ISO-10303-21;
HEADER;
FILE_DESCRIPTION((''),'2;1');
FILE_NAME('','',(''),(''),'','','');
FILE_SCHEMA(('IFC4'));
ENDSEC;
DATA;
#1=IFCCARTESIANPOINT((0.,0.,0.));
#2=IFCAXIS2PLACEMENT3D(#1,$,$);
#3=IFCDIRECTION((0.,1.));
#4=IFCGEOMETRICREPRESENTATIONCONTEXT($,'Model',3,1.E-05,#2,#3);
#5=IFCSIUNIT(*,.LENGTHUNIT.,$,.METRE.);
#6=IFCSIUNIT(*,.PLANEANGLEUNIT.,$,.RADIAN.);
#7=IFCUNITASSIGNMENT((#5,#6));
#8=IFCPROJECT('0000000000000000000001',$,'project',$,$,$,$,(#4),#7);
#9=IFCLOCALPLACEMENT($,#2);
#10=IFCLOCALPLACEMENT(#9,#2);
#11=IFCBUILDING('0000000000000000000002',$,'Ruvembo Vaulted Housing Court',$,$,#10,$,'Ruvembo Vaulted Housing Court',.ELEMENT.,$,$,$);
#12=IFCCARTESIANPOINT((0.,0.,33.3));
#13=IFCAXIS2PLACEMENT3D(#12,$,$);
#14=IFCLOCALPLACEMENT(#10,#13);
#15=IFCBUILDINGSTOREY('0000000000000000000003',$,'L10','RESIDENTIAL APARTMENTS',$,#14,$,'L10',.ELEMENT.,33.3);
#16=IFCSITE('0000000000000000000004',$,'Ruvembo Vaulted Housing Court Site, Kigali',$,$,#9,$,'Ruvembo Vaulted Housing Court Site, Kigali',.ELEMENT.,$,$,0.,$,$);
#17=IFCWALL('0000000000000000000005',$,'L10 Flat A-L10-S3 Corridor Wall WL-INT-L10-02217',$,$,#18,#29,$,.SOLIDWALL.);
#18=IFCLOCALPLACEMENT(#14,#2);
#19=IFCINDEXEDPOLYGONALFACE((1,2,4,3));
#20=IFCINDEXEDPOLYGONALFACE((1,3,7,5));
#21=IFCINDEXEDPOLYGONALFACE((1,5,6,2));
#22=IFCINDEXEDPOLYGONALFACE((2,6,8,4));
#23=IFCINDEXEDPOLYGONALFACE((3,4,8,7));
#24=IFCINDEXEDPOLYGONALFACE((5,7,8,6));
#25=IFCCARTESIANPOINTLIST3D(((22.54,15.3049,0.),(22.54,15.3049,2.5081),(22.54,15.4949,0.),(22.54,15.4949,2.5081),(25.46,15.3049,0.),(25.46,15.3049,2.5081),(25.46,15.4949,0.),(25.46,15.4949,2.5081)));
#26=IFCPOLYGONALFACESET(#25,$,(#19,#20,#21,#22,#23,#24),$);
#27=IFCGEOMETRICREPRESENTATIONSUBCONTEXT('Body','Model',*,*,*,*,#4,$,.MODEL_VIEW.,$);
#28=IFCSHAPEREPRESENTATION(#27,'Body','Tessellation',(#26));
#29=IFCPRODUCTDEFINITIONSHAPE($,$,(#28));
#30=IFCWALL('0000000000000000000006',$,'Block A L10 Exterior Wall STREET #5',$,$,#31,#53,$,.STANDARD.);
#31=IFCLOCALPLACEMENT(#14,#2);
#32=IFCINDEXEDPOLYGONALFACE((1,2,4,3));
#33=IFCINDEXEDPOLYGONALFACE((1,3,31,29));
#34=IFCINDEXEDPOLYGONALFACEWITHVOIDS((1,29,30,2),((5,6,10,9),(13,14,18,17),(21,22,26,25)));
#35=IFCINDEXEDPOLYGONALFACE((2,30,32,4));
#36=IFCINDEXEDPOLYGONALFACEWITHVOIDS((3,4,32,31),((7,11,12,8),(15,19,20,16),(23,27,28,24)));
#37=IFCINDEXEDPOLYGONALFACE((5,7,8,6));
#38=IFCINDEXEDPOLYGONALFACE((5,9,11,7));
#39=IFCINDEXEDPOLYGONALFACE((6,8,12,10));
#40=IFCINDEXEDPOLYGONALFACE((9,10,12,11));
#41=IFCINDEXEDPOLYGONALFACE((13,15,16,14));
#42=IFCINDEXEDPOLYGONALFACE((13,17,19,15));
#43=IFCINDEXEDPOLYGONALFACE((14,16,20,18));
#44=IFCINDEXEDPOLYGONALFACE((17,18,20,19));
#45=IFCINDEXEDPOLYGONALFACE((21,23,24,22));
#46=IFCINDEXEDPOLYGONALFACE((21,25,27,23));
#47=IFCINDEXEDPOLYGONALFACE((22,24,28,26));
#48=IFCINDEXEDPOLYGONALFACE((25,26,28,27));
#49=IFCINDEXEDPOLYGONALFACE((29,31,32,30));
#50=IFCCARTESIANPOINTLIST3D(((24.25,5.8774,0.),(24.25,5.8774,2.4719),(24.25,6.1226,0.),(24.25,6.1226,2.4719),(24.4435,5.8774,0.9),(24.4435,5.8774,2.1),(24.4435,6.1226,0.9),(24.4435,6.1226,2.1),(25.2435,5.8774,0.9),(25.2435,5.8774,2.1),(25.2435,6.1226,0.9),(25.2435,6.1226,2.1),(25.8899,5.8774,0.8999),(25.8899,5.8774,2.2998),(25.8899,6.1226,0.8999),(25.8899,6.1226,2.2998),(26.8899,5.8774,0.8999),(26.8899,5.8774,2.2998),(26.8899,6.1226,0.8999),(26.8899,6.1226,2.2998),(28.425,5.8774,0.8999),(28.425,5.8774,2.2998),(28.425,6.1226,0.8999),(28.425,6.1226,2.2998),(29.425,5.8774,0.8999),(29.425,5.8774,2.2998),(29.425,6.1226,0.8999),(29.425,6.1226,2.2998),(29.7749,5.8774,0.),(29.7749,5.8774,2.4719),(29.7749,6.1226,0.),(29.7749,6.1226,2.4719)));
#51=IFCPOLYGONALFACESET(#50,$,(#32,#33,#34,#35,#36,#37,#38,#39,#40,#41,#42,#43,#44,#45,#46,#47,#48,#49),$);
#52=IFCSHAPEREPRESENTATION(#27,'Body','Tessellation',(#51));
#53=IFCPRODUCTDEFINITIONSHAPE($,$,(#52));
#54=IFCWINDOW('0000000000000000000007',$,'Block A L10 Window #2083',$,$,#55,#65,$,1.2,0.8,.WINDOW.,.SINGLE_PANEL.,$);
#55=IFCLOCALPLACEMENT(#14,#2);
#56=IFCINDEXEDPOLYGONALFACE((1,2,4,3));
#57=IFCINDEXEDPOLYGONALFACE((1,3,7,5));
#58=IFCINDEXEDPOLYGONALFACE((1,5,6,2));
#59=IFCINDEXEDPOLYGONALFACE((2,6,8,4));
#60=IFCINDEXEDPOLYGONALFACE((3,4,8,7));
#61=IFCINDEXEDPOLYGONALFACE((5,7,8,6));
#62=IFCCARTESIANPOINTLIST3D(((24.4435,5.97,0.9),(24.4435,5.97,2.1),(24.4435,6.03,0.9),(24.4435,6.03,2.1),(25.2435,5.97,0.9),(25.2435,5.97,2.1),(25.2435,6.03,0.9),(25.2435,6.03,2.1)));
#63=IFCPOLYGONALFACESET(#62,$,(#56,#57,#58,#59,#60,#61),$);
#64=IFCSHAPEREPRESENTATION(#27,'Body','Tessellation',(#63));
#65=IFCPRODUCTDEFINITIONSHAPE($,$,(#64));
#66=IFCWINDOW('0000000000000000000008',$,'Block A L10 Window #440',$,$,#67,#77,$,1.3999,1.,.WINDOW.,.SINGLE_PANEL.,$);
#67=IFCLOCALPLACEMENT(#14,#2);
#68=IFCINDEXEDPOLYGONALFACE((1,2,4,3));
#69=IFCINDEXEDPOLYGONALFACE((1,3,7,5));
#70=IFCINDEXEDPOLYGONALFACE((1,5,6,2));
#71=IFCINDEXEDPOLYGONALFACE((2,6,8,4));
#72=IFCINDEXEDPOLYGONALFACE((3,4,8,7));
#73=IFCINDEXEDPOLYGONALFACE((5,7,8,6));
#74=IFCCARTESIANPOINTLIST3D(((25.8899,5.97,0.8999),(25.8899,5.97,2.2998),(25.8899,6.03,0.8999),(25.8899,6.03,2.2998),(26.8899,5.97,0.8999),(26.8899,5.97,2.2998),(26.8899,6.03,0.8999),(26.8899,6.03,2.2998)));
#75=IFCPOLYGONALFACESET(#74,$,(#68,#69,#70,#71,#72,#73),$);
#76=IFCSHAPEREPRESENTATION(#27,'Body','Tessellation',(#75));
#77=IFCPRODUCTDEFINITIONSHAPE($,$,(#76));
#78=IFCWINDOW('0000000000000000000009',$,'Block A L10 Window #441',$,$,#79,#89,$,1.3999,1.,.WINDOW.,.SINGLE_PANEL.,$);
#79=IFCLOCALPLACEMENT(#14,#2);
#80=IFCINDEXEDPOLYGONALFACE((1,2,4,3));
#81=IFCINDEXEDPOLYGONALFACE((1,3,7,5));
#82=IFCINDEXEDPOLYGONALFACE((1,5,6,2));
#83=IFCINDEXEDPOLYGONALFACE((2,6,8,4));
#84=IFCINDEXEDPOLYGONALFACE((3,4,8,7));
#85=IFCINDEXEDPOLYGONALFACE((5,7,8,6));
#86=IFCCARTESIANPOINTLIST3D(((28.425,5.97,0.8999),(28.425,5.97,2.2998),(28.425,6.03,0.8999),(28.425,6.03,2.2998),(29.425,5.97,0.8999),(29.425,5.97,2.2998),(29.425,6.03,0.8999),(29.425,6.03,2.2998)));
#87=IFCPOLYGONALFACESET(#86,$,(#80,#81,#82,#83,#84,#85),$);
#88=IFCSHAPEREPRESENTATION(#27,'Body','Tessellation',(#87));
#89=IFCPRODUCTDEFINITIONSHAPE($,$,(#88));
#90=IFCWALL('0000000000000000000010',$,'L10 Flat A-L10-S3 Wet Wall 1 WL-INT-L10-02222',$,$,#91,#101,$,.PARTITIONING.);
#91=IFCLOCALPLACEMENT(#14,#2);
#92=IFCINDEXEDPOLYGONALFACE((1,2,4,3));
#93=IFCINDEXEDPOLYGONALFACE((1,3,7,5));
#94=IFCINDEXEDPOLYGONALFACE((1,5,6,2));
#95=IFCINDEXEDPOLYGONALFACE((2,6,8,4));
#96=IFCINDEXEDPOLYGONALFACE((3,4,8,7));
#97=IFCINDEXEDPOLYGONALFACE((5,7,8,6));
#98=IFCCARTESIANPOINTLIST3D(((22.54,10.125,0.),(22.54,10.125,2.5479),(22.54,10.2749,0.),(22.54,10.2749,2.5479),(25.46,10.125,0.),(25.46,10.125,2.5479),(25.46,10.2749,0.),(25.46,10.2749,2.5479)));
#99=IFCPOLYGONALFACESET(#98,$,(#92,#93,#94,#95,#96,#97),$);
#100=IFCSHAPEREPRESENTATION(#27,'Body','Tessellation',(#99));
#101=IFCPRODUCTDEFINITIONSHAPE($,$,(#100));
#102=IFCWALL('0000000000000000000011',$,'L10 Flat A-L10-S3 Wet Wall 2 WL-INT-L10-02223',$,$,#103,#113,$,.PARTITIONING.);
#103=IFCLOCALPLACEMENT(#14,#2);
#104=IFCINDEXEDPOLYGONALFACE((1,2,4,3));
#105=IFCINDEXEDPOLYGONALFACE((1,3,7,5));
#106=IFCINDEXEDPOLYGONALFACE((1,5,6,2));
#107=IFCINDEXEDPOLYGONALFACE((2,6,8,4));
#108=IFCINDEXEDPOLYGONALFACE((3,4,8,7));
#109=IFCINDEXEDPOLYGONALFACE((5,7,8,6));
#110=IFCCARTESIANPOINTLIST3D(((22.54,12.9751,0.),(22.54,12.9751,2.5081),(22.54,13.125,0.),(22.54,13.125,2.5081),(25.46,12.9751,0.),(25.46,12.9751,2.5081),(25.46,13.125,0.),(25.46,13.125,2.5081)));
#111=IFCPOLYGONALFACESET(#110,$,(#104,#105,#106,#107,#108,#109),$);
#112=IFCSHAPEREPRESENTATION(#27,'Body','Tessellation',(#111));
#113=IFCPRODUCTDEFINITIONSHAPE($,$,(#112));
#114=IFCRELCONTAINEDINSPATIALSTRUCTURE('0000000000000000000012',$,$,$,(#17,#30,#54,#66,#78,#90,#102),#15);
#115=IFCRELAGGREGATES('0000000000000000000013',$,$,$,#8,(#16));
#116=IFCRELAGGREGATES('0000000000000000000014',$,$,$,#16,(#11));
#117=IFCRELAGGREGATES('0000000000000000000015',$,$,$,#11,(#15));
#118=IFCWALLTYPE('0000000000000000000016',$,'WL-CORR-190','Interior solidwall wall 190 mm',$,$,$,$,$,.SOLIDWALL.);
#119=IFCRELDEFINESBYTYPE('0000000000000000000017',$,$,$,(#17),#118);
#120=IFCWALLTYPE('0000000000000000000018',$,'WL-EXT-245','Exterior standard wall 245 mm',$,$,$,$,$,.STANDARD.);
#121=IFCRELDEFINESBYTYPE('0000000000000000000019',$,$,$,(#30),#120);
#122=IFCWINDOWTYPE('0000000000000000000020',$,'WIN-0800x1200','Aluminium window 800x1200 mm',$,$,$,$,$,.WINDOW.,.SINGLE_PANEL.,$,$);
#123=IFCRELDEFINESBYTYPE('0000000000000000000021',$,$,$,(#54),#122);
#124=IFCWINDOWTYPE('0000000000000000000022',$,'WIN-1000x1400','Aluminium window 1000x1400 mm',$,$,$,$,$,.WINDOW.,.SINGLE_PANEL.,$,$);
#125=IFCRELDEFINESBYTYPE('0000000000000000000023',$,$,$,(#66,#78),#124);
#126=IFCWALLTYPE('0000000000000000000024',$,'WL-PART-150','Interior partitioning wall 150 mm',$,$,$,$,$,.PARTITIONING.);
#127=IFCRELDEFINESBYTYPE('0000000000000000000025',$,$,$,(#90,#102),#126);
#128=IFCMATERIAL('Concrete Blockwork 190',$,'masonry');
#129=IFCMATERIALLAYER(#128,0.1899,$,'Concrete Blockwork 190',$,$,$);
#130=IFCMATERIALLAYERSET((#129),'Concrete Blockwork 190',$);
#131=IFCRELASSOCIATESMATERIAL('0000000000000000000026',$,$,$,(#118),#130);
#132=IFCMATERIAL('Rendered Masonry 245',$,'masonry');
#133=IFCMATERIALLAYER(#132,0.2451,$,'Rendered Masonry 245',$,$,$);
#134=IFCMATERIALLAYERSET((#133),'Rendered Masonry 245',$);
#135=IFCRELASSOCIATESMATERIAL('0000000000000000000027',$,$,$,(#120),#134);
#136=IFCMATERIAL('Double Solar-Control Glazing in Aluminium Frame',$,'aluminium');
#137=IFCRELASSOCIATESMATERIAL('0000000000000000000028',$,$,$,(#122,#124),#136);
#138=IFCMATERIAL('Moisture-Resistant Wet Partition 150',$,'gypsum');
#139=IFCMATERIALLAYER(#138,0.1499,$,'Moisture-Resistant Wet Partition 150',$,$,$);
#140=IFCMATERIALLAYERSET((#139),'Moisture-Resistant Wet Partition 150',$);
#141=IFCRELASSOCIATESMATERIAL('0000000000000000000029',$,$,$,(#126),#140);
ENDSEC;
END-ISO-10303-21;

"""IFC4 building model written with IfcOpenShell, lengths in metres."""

from ifc_helpers import new_model, si_unit, direction, frame, frame_2d, origin, place, context, subcontext, project, spatial, rectangle, extrude, material, layer, layer_set, type_object, element, fill, save


model = new_model("IFC4")

# Units and contexts
model_context = context("Model", 3, precision=1e-05, world=origin(), true_north=direction((0.0, 1.0)))
body_context = subcontext(model_context, "Body", "Model", "MODEL_VIEW")
ifc_project = project(units=[si_unit("LENGTHUNIT", "METRE"), si_unit("PLANEANGLEUNIT", "RADIAN")], contexts=[model_context])

# Site, building, storey
site_placement = place(None, origin())
site = spatial("IfcSite", under=ifc_project, at=site_placement, Name="Ruvembo Vaulted Housing Court Site, Kigali", LongName="Ruvembo Vaulted Housing Court Site, Kigali", CompositionType="ELEMENT", RefElevation=0.0)
building_placement = place(site_placement, origin())
building = spatial("IfcBuilding", under=site, at=building_placement, Name="Ruvembo Vaulted Housing Court", LongName="Ruvembo Vaulted Housing Court", CompositionType="ELEMENT")
storey_placement = place(building_placement, frame((0.0, 0.0, 33.3)))
storey = spatial("IfcBuildingStorey", under=building, at=storey_placement, Name="L10", Description="RESIDENTIAL APARTMENTS", LongName="L10", CompositionType="ELEMENT", Elevation=33.3)

# Wall
ifc_material_1 = material(Name="Concrete Blockwork 190", Category="masonry")
ifc_layer_1 = layer(ifc_material_1, 0.1899, Name="Concrete Blockwork 190")
ifc_layer_set_1 = layer_set([ifc_layer_1], Name="Concrete Blockwork 190")
wall_type_1 = type_object("IfcWallType", Name="WL-CORR-190", Description="Interior solidwall wall 190 mm", PredefinedType="SOLIDWALL", material=ifc_layer_set_1)
wall_1_placement = place(storey_placement, frame((22.54, 15.3999, 0.0), z_axis=(0.0, 0.0, 1.0), x_axis=(1.0, 0.0, 0.0)))
element("IfcWall", 1, at=wall_1_placement, inside=storey, type_object=wall_type_1, Name="L10 Flat A-L10-S3 Corridor Wall WL-INT-L10-02217", PredefinedType="SOLIDWALL", context=body_context, shape_type="SweptSolid", body=[
    extrude(rectangle(XDim=2.9199, YDim=0.1899, at=frame_2d((1.46, 0.0))), origin(), (0.0, 0.0, 1.0), 2.5081),
])

# Wall, openings, windows
ifc_material_2 = material(Name="Rendered Masonry 245", Category="masonry")
ifc_layer_2 = layer(ifc_material_2, 0.2451, Name="Rendered Masonry 245")
ifc_layer_set_2 = layer_set([ifc_layer_2], Name="Rendered Masonry 245")
wall_type_2 = type_object("IfcWallType", Name="WL-EXT-245", Description="Exterior standard wall 245 mm", PredefinedType="STANDARD", material=ifc_layer_set_2)
wall_2_placement = place(storey_placement, frame((24.25, 6.0, 0.0), z_axis=(0.0, 0.0, 1.0), x_axis=(1.0, 0.0, 0.0)))
wall_2 = element("IfcWall", 2, at=wall_2_placement, inside=storey, type_object=wall_type_2, Name="Block A L10 Exterior Wall STREET #5", PredefinedType="STANDARD", context=body_context, shape_type="SweptSolid", body=[
    extrude(rectangle(XDim=5.5249, YDim=0.2451, at=frame_2d((2.7625, 0.0))), origin(), (0.0, 0.0, 1.0), 2.4719),
])
opening_1_placement = place(wall_2_placement, frame((1.6399, 0.0, 0.8999)))
opening_1 = element("IfcOpeningElement", 3, at=opening_1_placement, cuts=wall_2, PredefinedType="OPENING", context=body_context, shape_type="SweptSolid", body=[
    extrude(rectangle(XDim=1.0, YDim=1.3999, at=frame_2d((0.5, 0.7))), frame((0.0, 0.1326, 0.0), z_axis=(0.0, -1.0, 0.0), x_axis=(1.0, 0.0, 0.0)), (0.0, 0.0, 1.0), 0.2651),
])
opening_2_placement = place(wall_2_placement, frame((4.175, 0.0, 0.8999)))
opening_2 = element("IfcOpeningElement", 4, at=opening_2_placement, cuts=wall_2, PredefinedType="OPENING", context=body_context, shape_type="SweptSolid", body=[
    extrude(rectangle(XDim=1.0, YDim=1.3999, at=frame_2d((0.5, 0.7))), frame((0.0, 0.1326, 0.0), z_axis=(0.0, -1.0, 0.0), x_axis=(1.0, 0.0, 0.0)), (0.0, 0.0, 1.0), 0.2651),
])
opening_3_placement = place(wall_2_placement, frame((0.1936, 0.0, 0.8999)))
opening_3 = element("IfcOpeningElement", 5, at=opening_3_placement, cuts=wall_2, PredefinedType="OPENING", context=body_context, shape_type="SweptSolid", body=[
    extrude(rectangle(XDim=0.8, YDim=1.2, at=frame_2d((0.3999, 0.6001))), frame((0.0, 0.1326, 0.0), z_axis=(0.0, -1.0, 0.0), x_axis=(1.0, 0.0, 0.0)), (0.0, 0.0, 1.0), 0.2651),
])
ifc_material_3 = material(Name="Double Solar-Control Glazing in Aluminium Frame", Category="aluminium")
window_type_1 = type_object("IfcWindowType", Name="WIN-0800x1200", Description="Aluminium window 800x1200 mm", PartitioningType="SINGLE_PANEL", PredefinedType="WINDOW", material=ifc_material_3)
window_1_placement = place(opening_3_placement, origin())
window_1 = element("IfcWindow", 6, at=window_1_placement, inside=storey, type_object=window_type_1, Name="Block A L10 Window #2083", OverallHeight=1.2, OverallWidth=0.8, PartitioningType="SINGLE_PANEL", PredefinedType="WINDOW", context=body_context, shape_type="SweptSolid", body=[
    extrude(rectangle(XDim=0.8, YDim=1.2, at=frame_2d((0.3999, 0.6001))), frame((0.0, 0.03, 0.0), z_axis=(0.0, -1.0, 0.0), x_axis=(1.0, 0.0, 0.0)), (0.0, 0.0, 1.0), 0.0601),
])
fill(opening_3, window_1)
window_type_2 = type_object("IfcWindowType", Name="WIN-1000x1400", Description="Aluminium window 1000x1400 mm", PartitioningType="SINGLE_PANEL", PredefinedType="WINDOW", material=ifc_material_3)
window_2_placement = place(opening_1_placement, origin())
window_2 = element("IfcWindow", 7, at=window_2_placement, inside=storey, type_object=window_type_2, Name="Block A L10 Window #440", OverallHeight=1.3999, OverallWidth=1.0, PartitioningType="SINGLE_PANEL", PredefinedType="WINDOW", context=body_context, shape_type="SweptSolid", body=[
    extrude(rectangle(XDim=1.0, YDim=1.3999, at=frame_2d((0.5, 0.7))), frame((0.0, 0.03, 0.0), z_axis=(0.0, -1.0, 0.0), x_axis=(1.0, 0.0, 0.0)), (0.0, 0.0, 1.0), 0.0601),
])
fill(opening_1, window_2)
window_3_placement = place(opening_2_placement, origin())
window_3 = element("IfcWindow", 8, at=window_3_placement, inside=storey, type_object=window_type_2, Name="Block A L10 Window #441", OverallHeight=1.3999, OverallWidth=1.0, PartitioningType="SINGLE_PANEL", PredefinedType="WINDOW", context=body_context, shape_type="SweptSolid", body=[
    extrude(rectangle(XDim=1.0, YDim=1.3999, at=frame_2d((0.5, 0.7))), frame((0.0, 0.03, 0.0), z_axis=(0.0, -1.0, 0.0), x_axis=(1.0, 0.0, 0.0)), (0.0, 0.0, 1.0), 0.0601),
])
fill(opening_2, window_3)

# Walls
ifc_material_4 = material(Name="Moisture-Resistant Wet Partition 150", Category="gypsum")
ifc_layer_3 = layer(ifc_material_4, 0.1499, Name="Moisture-Resistant Wet Partition 150")
ifc_layer_set_3 = layer_set([ifc_layer_3], Name="Moisture-Resistant Wet Partition 150")
wall_type_3 = type_object("IfcWallType", Name="WL-PART-150", Description="Interior partitioning wall 150 mm", PredefinedType="PARTITIONING", material=ifc_layer_set_3)
wall_3_placement = place(storey_placement, frame((22.54, 10.2, 0.0), z_axis=(0.0, 0.0, 1.0), x_axis=(1.0, 0.0, 0.0)))
element("IfcWall", 9, at=wall_3_placement, inside=storey, type_object=wall_type_3, Name="L10 Flat A-L10-S3 Wet Wall 1 WL-INT-L10-02222", PredefinedType="PARTITIONING", context=body_context, shape_type="SweptSolid", body=[
    extrude(rectangle(XDim=2.9199, YDim=0.1499, at=frame_2d((1.46, 0.0))), origin(), (0.0, 0.0, 1.0), 2.5479),
])
wall_4_placement = place(storey_placement, frame((22.54, 13.05, 0.0), z_axis=(0.0, 0.0, 1.0), x_axis=(1.0, 0.0, 0.0)))
element("IfcWall", 10, at=wall_4_placement, inside=storey, type_object=wall_type_3, Name="L10 Flat A-L10-S3 Wet Wall 2 WL-INT-L10-02223", PredefinedType="PARTITIONING", context=body_context, shape_type="SweptSolid", body=[
    extrude(rectangle(XDim=2.9199, YDim=0.1499, at=frame_2d((1.46, 0.0))), origin(), (0.0, 0.0, 1.0), 2.5081),
])

save(model, "model.ifc")
